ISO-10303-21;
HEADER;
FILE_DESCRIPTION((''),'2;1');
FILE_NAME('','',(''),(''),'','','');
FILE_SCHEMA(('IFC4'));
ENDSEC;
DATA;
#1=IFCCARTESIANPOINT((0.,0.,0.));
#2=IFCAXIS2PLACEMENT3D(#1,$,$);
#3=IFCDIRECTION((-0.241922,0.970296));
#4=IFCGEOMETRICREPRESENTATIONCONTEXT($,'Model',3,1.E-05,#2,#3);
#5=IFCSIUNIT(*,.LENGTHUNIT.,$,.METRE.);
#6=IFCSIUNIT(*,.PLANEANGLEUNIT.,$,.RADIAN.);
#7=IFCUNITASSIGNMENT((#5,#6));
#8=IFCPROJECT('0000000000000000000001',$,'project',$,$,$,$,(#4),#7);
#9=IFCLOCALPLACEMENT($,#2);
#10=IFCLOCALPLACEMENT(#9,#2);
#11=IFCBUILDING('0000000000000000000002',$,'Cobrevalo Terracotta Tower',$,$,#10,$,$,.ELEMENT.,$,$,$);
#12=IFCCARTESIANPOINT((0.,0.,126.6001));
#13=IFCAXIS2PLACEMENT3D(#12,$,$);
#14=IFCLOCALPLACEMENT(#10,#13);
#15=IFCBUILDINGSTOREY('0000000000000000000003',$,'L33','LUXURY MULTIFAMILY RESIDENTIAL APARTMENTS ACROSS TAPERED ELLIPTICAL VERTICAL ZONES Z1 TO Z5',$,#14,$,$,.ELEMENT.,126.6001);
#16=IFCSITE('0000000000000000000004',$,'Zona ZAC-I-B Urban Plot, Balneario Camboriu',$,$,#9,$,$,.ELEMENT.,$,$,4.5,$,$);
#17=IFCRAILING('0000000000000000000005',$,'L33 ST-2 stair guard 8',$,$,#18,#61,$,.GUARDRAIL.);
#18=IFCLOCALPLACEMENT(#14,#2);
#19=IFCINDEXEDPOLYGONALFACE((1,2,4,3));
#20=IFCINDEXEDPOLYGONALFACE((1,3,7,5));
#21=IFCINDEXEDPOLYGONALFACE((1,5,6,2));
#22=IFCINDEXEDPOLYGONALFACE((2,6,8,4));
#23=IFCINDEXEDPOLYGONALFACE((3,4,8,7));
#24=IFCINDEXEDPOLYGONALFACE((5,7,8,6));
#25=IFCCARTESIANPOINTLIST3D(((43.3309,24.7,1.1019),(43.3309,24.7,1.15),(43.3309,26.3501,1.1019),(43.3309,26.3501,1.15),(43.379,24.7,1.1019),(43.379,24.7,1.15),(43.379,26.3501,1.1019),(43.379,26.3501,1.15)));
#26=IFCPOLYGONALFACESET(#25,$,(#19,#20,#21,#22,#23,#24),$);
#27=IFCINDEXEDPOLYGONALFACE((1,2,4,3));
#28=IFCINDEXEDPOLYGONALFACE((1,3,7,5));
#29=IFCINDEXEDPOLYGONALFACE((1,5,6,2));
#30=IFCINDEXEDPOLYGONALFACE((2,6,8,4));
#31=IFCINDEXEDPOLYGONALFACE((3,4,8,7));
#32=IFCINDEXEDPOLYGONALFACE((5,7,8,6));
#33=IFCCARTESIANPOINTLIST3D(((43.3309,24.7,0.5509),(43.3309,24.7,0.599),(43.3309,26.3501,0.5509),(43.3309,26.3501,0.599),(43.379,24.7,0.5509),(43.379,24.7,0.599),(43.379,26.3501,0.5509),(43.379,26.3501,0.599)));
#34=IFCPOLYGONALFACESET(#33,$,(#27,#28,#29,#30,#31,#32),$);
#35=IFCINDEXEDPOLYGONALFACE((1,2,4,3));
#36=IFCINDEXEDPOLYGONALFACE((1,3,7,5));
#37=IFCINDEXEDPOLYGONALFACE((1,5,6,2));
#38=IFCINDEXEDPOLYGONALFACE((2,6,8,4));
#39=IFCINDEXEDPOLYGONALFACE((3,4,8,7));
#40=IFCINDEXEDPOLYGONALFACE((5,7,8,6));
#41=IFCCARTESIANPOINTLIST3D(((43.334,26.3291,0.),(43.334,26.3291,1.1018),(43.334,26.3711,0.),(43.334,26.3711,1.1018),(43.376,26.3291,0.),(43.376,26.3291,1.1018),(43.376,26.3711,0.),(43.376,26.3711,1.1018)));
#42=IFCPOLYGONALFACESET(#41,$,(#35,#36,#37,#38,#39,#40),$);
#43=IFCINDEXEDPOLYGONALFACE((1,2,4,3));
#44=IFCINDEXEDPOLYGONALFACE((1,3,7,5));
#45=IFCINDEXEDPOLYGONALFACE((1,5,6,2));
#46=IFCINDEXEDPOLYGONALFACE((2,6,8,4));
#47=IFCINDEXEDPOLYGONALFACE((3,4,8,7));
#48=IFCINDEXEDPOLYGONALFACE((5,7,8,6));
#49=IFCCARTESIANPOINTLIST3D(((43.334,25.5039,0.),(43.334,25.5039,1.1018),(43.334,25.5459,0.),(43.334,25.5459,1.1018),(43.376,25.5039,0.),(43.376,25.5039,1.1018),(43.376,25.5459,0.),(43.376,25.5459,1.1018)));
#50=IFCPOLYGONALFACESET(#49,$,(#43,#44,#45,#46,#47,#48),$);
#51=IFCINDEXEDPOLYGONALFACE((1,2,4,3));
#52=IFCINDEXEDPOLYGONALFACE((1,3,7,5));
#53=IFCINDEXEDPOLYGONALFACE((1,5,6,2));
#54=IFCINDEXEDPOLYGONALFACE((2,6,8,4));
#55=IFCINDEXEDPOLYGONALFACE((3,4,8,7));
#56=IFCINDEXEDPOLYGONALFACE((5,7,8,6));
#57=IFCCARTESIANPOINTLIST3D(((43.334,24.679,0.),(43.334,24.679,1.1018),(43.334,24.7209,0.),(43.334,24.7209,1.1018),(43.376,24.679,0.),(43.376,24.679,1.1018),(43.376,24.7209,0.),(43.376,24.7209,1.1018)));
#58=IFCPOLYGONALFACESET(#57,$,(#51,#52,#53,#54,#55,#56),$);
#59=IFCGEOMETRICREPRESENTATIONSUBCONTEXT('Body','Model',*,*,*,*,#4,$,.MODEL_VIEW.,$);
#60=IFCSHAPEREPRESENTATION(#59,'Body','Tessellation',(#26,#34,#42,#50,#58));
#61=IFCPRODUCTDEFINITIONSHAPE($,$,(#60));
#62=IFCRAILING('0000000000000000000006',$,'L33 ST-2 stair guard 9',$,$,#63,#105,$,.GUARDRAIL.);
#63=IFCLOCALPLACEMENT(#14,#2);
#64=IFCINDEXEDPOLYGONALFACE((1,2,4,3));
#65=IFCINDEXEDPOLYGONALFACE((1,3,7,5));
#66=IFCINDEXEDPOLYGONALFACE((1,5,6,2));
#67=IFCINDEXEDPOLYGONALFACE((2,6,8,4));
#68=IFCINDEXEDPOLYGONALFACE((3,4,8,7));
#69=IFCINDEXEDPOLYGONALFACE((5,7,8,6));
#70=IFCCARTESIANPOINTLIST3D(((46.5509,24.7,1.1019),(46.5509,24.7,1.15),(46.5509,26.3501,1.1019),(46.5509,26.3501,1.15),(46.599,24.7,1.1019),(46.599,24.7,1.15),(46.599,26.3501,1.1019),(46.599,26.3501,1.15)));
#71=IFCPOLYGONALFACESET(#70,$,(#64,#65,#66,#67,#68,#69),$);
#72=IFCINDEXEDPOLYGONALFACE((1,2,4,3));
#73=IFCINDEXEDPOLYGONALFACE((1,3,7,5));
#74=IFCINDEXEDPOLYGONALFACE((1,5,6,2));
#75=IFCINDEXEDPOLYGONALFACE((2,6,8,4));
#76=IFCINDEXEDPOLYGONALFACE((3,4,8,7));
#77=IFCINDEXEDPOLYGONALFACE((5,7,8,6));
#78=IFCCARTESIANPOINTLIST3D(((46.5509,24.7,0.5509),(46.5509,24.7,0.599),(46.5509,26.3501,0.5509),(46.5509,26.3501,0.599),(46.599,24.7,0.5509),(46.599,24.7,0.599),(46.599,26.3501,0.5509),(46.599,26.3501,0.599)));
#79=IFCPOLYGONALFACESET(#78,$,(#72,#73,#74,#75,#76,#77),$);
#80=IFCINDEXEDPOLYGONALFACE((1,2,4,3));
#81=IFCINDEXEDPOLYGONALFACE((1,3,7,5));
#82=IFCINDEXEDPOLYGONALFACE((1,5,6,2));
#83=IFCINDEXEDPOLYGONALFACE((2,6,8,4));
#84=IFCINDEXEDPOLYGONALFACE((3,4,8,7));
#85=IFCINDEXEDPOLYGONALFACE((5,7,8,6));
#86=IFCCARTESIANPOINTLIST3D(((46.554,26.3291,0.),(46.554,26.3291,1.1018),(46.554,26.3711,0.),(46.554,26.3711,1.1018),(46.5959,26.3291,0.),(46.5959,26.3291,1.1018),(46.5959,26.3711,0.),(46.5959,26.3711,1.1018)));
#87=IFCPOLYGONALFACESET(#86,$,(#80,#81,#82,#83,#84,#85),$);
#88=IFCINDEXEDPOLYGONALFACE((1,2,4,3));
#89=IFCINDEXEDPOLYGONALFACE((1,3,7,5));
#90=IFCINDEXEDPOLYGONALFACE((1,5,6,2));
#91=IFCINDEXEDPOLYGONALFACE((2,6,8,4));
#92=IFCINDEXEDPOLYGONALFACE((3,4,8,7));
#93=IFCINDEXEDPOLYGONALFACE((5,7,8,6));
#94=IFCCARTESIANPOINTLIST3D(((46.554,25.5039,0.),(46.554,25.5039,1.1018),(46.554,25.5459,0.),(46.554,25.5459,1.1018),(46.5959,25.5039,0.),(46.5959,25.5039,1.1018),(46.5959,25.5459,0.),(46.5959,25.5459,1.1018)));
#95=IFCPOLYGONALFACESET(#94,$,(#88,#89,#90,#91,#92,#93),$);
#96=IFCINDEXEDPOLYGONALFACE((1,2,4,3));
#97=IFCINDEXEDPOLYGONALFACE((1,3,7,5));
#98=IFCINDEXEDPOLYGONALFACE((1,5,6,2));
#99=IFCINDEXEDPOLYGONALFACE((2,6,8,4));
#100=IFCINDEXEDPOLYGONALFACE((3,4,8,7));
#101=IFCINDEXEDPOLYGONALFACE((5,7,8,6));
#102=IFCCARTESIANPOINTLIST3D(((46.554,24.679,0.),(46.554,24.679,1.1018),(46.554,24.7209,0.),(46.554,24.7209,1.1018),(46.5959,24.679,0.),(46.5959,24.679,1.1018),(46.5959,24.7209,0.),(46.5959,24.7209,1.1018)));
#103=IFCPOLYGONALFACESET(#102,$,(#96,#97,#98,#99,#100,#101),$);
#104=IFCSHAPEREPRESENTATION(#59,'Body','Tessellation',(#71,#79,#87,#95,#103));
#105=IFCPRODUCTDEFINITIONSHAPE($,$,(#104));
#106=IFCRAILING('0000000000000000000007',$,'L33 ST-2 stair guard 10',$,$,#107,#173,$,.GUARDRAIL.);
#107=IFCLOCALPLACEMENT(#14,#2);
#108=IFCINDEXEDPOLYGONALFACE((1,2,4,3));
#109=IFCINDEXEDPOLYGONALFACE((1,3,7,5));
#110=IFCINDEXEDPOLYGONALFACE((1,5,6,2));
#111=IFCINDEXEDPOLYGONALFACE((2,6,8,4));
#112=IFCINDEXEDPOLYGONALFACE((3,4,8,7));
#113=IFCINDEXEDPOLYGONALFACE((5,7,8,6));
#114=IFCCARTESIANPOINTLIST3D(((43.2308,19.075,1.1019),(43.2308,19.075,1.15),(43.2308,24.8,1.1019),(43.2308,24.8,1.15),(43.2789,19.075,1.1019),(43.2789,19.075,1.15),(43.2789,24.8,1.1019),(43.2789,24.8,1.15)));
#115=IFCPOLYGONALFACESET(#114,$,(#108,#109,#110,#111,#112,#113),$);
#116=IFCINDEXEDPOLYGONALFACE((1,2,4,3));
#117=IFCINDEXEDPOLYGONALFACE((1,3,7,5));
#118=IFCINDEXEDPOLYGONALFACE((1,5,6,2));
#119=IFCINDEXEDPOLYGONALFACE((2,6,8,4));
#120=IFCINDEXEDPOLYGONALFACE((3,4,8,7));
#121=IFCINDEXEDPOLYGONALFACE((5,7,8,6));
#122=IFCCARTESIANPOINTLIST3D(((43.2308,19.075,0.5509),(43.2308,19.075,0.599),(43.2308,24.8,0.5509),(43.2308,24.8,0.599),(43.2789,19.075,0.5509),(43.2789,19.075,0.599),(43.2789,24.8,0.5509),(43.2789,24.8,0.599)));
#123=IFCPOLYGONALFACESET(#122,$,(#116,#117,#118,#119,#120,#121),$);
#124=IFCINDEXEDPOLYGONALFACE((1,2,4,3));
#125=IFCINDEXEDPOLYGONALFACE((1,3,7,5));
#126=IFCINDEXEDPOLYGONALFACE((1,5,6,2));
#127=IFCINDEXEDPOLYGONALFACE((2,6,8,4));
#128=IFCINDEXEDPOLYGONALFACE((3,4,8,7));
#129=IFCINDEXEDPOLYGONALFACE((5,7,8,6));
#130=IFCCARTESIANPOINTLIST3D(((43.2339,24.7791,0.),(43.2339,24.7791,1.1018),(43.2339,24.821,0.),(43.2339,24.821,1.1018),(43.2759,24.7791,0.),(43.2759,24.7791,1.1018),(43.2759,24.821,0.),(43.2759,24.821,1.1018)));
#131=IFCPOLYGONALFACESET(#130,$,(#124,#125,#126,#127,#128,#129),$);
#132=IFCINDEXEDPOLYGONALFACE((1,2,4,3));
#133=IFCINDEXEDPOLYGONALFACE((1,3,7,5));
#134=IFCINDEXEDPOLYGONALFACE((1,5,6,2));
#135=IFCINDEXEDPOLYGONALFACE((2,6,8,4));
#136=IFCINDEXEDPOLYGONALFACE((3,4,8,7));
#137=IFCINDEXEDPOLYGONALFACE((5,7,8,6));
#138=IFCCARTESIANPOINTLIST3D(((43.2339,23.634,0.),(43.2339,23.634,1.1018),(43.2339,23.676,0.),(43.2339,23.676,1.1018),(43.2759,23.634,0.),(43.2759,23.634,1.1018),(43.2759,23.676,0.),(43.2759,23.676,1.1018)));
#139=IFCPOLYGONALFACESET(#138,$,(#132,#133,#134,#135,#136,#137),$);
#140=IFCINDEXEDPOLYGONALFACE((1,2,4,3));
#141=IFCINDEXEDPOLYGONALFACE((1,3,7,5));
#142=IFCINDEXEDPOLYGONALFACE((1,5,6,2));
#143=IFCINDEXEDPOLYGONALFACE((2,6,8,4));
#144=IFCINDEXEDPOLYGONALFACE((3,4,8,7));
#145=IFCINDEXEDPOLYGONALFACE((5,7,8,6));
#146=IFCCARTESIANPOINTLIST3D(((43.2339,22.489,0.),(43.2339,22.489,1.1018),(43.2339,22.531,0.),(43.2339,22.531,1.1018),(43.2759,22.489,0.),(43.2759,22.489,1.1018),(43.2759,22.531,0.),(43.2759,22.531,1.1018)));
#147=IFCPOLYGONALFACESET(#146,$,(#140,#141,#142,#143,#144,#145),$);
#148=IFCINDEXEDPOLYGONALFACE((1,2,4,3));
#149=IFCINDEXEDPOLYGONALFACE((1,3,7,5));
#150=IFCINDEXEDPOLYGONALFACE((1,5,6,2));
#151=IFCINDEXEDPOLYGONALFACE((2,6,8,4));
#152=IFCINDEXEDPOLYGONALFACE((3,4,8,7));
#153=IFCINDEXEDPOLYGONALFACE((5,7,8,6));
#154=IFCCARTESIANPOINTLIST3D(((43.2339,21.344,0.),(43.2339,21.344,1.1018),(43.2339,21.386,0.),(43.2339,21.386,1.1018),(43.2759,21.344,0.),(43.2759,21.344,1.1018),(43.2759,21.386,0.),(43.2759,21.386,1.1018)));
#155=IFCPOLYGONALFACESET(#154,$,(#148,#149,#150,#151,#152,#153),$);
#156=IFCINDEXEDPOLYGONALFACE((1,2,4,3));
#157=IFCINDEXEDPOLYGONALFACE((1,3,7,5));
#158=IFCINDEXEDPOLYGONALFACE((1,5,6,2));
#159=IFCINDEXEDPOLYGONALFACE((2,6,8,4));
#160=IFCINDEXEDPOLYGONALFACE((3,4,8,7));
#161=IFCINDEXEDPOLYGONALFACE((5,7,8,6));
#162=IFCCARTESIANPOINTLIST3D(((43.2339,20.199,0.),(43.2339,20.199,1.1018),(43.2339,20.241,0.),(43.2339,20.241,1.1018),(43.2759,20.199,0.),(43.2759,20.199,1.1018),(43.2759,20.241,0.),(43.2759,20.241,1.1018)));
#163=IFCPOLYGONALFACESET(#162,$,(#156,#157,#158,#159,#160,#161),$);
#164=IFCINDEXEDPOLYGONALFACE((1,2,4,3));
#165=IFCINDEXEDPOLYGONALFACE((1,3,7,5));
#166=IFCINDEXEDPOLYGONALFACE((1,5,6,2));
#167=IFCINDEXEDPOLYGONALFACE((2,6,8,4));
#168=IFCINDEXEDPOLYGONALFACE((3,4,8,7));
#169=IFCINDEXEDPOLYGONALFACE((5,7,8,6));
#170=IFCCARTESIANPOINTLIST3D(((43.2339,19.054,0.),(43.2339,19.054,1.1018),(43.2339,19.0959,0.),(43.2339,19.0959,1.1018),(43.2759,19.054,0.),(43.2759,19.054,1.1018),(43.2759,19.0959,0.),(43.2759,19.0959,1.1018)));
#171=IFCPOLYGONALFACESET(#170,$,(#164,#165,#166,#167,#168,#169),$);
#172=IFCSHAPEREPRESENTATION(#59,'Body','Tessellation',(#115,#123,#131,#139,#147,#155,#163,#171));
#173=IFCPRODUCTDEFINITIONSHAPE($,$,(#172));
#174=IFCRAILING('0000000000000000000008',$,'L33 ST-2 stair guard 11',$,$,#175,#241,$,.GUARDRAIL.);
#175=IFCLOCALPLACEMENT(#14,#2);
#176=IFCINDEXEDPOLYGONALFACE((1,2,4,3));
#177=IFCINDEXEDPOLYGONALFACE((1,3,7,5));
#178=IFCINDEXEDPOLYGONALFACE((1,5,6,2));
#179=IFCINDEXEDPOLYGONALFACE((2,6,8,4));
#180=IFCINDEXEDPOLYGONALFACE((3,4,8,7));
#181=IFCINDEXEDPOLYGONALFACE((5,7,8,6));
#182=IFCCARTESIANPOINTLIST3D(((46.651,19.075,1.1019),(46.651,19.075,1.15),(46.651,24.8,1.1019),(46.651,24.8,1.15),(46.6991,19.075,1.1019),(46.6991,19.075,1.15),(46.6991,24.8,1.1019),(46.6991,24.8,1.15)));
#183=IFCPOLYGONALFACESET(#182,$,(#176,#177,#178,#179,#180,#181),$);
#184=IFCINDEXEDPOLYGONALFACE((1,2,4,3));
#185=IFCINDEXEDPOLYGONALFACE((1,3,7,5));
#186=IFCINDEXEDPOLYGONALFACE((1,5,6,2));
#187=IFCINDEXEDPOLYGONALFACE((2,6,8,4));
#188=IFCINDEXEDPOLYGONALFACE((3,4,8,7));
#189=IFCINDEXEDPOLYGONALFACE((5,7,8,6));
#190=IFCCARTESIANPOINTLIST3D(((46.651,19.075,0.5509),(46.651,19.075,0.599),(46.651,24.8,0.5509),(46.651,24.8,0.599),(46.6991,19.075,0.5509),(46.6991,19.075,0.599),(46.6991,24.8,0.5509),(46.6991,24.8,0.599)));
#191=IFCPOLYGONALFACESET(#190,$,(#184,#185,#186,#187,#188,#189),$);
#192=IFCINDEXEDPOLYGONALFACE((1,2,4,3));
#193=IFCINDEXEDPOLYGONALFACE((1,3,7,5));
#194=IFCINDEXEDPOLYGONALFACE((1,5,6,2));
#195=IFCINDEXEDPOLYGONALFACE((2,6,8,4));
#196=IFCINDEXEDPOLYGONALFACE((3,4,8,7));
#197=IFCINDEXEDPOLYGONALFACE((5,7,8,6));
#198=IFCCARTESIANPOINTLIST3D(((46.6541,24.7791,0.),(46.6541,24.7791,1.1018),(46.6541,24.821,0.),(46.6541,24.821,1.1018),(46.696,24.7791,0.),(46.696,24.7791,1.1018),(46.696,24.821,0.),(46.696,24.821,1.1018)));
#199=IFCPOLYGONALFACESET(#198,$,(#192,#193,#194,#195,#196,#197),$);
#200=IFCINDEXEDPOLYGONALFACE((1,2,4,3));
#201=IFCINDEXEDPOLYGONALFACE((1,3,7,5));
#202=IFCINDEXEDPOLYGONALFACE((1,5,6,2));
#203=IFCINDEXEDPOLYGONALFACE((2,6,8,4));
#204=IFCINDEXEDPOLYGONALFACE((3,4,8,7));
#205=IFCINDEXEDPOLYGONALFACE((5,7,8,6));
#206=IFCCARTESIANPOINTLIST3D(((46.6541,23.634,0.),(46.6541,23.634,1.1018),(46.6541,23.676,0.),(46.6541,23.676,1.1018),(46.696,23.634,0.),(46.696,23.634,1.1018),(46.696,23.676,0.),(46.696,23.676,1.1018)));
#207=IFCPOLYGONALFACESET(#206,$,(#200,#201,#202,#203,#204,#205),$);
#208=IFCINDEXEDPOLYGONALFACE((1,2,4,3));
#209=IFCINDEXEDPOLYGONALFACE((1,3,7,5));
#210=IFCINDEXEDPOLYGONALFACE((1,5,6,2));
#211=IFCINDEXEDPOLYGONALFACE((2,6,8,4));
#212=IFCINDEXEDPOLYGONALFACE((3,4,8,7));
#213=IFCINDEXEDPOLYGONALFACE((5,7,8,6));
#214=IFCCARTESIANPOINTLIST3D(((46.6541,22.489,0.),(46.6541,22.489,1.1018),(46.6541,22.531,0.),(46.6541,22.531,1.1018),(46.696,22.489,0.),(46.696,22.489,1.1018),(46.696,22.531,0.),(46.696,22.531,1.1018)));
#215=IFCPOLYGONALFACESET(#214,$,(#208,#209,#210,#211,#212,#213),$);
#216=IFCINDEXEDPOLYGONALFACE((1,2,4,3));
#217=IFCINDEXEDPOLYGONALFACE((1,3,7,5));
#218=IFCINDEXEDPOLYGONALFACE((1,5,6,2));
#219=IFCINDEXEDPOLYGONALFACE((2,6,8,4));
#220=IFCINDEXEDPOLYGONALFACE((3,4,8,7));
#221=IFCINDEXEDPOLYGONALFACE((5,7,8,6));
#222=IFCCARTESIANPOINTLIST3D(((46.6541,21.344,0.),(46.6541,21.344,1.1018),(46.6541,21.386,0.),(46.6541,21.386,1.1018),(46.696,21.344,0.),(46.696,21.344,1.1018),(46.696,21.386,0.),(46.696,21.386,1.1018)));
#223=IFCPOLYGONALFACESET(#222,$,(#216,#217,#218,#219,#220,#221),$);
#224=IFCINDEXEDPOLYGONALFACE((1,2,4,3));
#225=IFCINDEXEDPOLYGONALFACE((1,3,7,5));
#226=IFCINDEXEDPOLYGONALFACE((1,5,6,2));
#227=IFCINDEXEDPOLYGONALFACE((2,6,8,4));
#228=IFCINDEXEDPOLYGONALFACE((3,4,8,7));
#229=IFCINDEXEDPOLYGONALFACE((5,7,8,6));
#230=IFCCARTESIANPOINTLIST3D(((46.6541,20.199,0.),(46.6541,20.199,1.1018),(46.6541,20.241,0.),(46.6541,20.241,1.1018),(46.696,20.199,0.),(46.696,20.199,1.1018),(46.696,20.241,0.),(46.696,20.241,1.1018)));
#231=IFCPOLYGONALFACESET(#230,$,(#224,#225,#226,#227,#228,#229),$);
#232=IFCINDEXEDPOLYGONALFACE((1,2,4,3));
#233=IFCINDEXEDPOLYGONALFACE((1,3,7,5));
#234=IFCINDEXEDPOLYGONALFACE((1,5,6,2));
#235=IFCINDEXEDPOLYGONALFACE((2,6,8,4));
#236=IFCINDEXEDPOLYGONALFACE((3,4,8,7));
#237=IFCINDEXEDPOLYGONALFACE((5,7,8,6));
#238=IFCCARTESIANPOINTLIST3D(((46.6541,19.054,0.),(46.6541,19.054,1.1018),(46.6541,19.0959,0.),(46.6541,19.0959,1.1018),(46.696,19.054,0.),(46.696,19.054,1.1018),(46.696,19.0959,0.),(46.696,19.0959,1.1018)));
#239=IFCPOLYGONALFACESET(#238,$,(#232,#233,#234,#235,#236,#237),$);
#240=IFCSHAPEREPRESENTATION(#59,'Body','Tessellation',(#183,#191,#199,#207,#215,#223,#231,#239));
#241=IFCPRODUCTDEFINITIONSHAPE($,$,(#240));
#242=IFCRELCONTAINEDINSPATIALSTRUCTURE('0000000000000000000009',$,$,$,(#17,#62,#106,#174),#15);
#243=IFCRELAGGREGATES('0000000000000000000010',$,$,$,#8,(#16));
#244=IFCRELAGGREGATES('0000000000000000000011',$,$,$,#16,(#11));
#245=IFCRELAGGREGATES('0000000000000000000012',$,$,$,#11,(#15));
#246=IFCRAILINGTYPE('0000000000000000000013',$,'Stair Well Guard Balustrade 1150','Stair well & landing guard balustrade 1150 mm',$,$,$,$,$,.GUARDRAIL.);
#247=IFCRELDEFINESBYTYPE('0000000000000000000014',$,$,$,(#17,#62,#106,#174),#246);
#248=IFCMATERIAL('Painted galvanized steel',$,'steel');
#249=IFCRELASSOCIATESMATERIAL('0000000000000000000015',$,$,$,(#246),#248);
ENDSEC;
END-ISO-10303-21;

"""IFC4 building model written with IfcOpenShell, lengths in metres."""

from ifc_helpers import new_model, si_unit, direction, frame, origin, origin_2d, place, context, subcontext, project, spatial, rectangle, extrude, material, type_object, element, save


model = new_model("IFC4")

# Units and contexts
model_context = context("Model", 3, precision=1e-05, world=origin(), true_north=direction((-0.241922, 0.970296)))
body_context = subcontext(model_context, "Body", "Model", "MODEL_VIEW")
ifc_project = project(units=[si_unit("LENGTHUNIT", "METRE"), si_unit("PLANEANGLEUNIT", "RADIAN")], contexts=[model_context])

# Site, building, storey
site_placement = place(None, origin())
site = spatial("IfcSite", under=ifc_project, at=site_placement, Name="Zona ZAC-I-B Urban Plot, Balneario Camboriu", CompositionType="ELEMENT", RefElevation=4.5)
building_placement = place(site_placement, origin())
building = spatial("IfcBuilding", under=site, at=building_placement, Name="Cobrevalo Terracotta Tower", CompositionType="ELEMENT")
storey_placement = place(building_placement, frame((0.0, 0.0, 126.6001)))
storey = spatial("IfcBuildingStorey", under=building, at=storey_placement, Name="L33", Description="LUXURY MULTIFAMILY RESIDENTIAL APARTMENTS ACROSS TAPERED ELLIPTICAL VERTICAL ZONES Z1 TO Z5", CompositionType="ELEMENT", Elevation=126.6001)

# Railings
ifc_material_1 = material(Name="Painted galvanized steel", Category="steel")
railing_type_1 = type_object("IfcRailingType", Name="Stair Well Guard Balustrade 1150", Description="Stair well & landing guard balustrade 1150 mm", PredefinedType="GUARDRAIL", material=ifc_material_1)
for number, where, name in (
    (1, (43.355, 26.3501, 0.0), "L33 ST-2 stair guard 8"),
    (2, (46.575, 26.3501, 0.0), "L33 ST-2 stair guard 9"),
):
    element("IfcRailing", number, at=place(storey_placement, frame(where)), inside=storey, type_object=railing_type_1, Name=name, PredefinedType="GUARDRAIL", context=body_context, shape_type="SweptSolid", body=[
        extrude(rectangle(XDim=0.0481, YDim=0.0481, at=origin_2d()), frame((0.0, 0.0, 1.126), z_axis=(0.0, -1.0, 0.0), x_axis=(1.0, 0.0, 0.0)), (0.0, 0.0, 1.0), 1.6501),
        extrude(rectangle(XDim=0.0481, YDim=0.0481, at=origin_2d()), frame((0.0, 0.0, 0.575), z_axis=(0.0, -1.0, 0.0), x_axis=(1.0, 0.0, 0.0)), (0.0, 0.0, 1.0), 1.6501),
        extrude(rectangle(XDim=0.042, YDim=0.042, at=origin_2d()), origin(), (0.0, 0.0, 1.0), 1.1018),
        extrude(rectangle(XDim=0.042, YDim=0.042, at=origin_2d()), frame((0.0, -0.8252, 0.0)), (0.0, 0.0, 1.0), 1.1018),
        extrude(rectangle(XDim=0.042, YDim=0.042, at=origin_2d()), frame((0.0, -1.6501, 0.0)), (0.0, 0.0, 1.0), 1.1018),
    ])
for number, where, name in (
    (3, (43.2549, 24.8, 0.0), "L33 ST-2 stair guard 10"),
    (4, (46.675, 24.8, 0.0), "L33 ST-2 stair guard 11"),
):
    element("IfcRailing", number, at=place(storey_placement, frame(where)), inside=storey, type_object=railing_type_1, Name=name, PredefinedType="GUARDRAIL", context=body_context, shape_type="SweptSolid", body=[
        extrude(rectangle(XDim=0.0481, YDim=0.0481, at=origin_2d()), frame((0.0, 0.0, 1.126), z_axis=(0.0, -1.0, 0.0), x_axis=(1.0, 0.0, 0.0)), (0.0, 0.0, 1.0), 5.7251),
        extrude(rectangle(XDim=0.0481, YDim=0.0481, at=origin_2d()), frame((0.0, 0.0, 0.575), z_axis=(0.0, -1.0, 0.0), x_axis=(1.0, 0.0, 0.0)), (0.0, 0.0, 1.0), 5.7251),
        extrude(rectangle(XDim=0.042, YDim=0.042, at=origin_2d()), origin(), (0.0, 0.0, 1.0), 1.1018),
        extrude(rectangle(XDim=0.042, YDim=0.042, at=origin_2d()), frame((0.0, -1.145, 0.0)), (0.0, 0.0, 1.0), 1.1018),
        extrude(rectangle(XDim=0.042, YDim=0.042, at=origin_2d()), frame((0.0, -2.29, 0.0)), (0.0, 0.0, 1.0), 1.1018),
        extrude(rectangle(XDim=0.042, YDim=0.042, at=origin_2d()), frame((0.0, -3.4351, 0.0)), (0.0, 0.0, 1.0), 1.1018),
        extrude(rectangle(XDim=0.042, YDim=0.042, at=origin_2d()), frame((0.0, -4.5801, 0.0)), (0.0, 0.0, 1.0), 1.1018),
        extrude(rectangle(XDim=0.042, YDim=0.042, at=origin_2d()), frame((0.0, -5.7251, 0.0)), (0.0, 0.0, 1.0), 1.1018),
    ])

save(model, "model.ifc")
